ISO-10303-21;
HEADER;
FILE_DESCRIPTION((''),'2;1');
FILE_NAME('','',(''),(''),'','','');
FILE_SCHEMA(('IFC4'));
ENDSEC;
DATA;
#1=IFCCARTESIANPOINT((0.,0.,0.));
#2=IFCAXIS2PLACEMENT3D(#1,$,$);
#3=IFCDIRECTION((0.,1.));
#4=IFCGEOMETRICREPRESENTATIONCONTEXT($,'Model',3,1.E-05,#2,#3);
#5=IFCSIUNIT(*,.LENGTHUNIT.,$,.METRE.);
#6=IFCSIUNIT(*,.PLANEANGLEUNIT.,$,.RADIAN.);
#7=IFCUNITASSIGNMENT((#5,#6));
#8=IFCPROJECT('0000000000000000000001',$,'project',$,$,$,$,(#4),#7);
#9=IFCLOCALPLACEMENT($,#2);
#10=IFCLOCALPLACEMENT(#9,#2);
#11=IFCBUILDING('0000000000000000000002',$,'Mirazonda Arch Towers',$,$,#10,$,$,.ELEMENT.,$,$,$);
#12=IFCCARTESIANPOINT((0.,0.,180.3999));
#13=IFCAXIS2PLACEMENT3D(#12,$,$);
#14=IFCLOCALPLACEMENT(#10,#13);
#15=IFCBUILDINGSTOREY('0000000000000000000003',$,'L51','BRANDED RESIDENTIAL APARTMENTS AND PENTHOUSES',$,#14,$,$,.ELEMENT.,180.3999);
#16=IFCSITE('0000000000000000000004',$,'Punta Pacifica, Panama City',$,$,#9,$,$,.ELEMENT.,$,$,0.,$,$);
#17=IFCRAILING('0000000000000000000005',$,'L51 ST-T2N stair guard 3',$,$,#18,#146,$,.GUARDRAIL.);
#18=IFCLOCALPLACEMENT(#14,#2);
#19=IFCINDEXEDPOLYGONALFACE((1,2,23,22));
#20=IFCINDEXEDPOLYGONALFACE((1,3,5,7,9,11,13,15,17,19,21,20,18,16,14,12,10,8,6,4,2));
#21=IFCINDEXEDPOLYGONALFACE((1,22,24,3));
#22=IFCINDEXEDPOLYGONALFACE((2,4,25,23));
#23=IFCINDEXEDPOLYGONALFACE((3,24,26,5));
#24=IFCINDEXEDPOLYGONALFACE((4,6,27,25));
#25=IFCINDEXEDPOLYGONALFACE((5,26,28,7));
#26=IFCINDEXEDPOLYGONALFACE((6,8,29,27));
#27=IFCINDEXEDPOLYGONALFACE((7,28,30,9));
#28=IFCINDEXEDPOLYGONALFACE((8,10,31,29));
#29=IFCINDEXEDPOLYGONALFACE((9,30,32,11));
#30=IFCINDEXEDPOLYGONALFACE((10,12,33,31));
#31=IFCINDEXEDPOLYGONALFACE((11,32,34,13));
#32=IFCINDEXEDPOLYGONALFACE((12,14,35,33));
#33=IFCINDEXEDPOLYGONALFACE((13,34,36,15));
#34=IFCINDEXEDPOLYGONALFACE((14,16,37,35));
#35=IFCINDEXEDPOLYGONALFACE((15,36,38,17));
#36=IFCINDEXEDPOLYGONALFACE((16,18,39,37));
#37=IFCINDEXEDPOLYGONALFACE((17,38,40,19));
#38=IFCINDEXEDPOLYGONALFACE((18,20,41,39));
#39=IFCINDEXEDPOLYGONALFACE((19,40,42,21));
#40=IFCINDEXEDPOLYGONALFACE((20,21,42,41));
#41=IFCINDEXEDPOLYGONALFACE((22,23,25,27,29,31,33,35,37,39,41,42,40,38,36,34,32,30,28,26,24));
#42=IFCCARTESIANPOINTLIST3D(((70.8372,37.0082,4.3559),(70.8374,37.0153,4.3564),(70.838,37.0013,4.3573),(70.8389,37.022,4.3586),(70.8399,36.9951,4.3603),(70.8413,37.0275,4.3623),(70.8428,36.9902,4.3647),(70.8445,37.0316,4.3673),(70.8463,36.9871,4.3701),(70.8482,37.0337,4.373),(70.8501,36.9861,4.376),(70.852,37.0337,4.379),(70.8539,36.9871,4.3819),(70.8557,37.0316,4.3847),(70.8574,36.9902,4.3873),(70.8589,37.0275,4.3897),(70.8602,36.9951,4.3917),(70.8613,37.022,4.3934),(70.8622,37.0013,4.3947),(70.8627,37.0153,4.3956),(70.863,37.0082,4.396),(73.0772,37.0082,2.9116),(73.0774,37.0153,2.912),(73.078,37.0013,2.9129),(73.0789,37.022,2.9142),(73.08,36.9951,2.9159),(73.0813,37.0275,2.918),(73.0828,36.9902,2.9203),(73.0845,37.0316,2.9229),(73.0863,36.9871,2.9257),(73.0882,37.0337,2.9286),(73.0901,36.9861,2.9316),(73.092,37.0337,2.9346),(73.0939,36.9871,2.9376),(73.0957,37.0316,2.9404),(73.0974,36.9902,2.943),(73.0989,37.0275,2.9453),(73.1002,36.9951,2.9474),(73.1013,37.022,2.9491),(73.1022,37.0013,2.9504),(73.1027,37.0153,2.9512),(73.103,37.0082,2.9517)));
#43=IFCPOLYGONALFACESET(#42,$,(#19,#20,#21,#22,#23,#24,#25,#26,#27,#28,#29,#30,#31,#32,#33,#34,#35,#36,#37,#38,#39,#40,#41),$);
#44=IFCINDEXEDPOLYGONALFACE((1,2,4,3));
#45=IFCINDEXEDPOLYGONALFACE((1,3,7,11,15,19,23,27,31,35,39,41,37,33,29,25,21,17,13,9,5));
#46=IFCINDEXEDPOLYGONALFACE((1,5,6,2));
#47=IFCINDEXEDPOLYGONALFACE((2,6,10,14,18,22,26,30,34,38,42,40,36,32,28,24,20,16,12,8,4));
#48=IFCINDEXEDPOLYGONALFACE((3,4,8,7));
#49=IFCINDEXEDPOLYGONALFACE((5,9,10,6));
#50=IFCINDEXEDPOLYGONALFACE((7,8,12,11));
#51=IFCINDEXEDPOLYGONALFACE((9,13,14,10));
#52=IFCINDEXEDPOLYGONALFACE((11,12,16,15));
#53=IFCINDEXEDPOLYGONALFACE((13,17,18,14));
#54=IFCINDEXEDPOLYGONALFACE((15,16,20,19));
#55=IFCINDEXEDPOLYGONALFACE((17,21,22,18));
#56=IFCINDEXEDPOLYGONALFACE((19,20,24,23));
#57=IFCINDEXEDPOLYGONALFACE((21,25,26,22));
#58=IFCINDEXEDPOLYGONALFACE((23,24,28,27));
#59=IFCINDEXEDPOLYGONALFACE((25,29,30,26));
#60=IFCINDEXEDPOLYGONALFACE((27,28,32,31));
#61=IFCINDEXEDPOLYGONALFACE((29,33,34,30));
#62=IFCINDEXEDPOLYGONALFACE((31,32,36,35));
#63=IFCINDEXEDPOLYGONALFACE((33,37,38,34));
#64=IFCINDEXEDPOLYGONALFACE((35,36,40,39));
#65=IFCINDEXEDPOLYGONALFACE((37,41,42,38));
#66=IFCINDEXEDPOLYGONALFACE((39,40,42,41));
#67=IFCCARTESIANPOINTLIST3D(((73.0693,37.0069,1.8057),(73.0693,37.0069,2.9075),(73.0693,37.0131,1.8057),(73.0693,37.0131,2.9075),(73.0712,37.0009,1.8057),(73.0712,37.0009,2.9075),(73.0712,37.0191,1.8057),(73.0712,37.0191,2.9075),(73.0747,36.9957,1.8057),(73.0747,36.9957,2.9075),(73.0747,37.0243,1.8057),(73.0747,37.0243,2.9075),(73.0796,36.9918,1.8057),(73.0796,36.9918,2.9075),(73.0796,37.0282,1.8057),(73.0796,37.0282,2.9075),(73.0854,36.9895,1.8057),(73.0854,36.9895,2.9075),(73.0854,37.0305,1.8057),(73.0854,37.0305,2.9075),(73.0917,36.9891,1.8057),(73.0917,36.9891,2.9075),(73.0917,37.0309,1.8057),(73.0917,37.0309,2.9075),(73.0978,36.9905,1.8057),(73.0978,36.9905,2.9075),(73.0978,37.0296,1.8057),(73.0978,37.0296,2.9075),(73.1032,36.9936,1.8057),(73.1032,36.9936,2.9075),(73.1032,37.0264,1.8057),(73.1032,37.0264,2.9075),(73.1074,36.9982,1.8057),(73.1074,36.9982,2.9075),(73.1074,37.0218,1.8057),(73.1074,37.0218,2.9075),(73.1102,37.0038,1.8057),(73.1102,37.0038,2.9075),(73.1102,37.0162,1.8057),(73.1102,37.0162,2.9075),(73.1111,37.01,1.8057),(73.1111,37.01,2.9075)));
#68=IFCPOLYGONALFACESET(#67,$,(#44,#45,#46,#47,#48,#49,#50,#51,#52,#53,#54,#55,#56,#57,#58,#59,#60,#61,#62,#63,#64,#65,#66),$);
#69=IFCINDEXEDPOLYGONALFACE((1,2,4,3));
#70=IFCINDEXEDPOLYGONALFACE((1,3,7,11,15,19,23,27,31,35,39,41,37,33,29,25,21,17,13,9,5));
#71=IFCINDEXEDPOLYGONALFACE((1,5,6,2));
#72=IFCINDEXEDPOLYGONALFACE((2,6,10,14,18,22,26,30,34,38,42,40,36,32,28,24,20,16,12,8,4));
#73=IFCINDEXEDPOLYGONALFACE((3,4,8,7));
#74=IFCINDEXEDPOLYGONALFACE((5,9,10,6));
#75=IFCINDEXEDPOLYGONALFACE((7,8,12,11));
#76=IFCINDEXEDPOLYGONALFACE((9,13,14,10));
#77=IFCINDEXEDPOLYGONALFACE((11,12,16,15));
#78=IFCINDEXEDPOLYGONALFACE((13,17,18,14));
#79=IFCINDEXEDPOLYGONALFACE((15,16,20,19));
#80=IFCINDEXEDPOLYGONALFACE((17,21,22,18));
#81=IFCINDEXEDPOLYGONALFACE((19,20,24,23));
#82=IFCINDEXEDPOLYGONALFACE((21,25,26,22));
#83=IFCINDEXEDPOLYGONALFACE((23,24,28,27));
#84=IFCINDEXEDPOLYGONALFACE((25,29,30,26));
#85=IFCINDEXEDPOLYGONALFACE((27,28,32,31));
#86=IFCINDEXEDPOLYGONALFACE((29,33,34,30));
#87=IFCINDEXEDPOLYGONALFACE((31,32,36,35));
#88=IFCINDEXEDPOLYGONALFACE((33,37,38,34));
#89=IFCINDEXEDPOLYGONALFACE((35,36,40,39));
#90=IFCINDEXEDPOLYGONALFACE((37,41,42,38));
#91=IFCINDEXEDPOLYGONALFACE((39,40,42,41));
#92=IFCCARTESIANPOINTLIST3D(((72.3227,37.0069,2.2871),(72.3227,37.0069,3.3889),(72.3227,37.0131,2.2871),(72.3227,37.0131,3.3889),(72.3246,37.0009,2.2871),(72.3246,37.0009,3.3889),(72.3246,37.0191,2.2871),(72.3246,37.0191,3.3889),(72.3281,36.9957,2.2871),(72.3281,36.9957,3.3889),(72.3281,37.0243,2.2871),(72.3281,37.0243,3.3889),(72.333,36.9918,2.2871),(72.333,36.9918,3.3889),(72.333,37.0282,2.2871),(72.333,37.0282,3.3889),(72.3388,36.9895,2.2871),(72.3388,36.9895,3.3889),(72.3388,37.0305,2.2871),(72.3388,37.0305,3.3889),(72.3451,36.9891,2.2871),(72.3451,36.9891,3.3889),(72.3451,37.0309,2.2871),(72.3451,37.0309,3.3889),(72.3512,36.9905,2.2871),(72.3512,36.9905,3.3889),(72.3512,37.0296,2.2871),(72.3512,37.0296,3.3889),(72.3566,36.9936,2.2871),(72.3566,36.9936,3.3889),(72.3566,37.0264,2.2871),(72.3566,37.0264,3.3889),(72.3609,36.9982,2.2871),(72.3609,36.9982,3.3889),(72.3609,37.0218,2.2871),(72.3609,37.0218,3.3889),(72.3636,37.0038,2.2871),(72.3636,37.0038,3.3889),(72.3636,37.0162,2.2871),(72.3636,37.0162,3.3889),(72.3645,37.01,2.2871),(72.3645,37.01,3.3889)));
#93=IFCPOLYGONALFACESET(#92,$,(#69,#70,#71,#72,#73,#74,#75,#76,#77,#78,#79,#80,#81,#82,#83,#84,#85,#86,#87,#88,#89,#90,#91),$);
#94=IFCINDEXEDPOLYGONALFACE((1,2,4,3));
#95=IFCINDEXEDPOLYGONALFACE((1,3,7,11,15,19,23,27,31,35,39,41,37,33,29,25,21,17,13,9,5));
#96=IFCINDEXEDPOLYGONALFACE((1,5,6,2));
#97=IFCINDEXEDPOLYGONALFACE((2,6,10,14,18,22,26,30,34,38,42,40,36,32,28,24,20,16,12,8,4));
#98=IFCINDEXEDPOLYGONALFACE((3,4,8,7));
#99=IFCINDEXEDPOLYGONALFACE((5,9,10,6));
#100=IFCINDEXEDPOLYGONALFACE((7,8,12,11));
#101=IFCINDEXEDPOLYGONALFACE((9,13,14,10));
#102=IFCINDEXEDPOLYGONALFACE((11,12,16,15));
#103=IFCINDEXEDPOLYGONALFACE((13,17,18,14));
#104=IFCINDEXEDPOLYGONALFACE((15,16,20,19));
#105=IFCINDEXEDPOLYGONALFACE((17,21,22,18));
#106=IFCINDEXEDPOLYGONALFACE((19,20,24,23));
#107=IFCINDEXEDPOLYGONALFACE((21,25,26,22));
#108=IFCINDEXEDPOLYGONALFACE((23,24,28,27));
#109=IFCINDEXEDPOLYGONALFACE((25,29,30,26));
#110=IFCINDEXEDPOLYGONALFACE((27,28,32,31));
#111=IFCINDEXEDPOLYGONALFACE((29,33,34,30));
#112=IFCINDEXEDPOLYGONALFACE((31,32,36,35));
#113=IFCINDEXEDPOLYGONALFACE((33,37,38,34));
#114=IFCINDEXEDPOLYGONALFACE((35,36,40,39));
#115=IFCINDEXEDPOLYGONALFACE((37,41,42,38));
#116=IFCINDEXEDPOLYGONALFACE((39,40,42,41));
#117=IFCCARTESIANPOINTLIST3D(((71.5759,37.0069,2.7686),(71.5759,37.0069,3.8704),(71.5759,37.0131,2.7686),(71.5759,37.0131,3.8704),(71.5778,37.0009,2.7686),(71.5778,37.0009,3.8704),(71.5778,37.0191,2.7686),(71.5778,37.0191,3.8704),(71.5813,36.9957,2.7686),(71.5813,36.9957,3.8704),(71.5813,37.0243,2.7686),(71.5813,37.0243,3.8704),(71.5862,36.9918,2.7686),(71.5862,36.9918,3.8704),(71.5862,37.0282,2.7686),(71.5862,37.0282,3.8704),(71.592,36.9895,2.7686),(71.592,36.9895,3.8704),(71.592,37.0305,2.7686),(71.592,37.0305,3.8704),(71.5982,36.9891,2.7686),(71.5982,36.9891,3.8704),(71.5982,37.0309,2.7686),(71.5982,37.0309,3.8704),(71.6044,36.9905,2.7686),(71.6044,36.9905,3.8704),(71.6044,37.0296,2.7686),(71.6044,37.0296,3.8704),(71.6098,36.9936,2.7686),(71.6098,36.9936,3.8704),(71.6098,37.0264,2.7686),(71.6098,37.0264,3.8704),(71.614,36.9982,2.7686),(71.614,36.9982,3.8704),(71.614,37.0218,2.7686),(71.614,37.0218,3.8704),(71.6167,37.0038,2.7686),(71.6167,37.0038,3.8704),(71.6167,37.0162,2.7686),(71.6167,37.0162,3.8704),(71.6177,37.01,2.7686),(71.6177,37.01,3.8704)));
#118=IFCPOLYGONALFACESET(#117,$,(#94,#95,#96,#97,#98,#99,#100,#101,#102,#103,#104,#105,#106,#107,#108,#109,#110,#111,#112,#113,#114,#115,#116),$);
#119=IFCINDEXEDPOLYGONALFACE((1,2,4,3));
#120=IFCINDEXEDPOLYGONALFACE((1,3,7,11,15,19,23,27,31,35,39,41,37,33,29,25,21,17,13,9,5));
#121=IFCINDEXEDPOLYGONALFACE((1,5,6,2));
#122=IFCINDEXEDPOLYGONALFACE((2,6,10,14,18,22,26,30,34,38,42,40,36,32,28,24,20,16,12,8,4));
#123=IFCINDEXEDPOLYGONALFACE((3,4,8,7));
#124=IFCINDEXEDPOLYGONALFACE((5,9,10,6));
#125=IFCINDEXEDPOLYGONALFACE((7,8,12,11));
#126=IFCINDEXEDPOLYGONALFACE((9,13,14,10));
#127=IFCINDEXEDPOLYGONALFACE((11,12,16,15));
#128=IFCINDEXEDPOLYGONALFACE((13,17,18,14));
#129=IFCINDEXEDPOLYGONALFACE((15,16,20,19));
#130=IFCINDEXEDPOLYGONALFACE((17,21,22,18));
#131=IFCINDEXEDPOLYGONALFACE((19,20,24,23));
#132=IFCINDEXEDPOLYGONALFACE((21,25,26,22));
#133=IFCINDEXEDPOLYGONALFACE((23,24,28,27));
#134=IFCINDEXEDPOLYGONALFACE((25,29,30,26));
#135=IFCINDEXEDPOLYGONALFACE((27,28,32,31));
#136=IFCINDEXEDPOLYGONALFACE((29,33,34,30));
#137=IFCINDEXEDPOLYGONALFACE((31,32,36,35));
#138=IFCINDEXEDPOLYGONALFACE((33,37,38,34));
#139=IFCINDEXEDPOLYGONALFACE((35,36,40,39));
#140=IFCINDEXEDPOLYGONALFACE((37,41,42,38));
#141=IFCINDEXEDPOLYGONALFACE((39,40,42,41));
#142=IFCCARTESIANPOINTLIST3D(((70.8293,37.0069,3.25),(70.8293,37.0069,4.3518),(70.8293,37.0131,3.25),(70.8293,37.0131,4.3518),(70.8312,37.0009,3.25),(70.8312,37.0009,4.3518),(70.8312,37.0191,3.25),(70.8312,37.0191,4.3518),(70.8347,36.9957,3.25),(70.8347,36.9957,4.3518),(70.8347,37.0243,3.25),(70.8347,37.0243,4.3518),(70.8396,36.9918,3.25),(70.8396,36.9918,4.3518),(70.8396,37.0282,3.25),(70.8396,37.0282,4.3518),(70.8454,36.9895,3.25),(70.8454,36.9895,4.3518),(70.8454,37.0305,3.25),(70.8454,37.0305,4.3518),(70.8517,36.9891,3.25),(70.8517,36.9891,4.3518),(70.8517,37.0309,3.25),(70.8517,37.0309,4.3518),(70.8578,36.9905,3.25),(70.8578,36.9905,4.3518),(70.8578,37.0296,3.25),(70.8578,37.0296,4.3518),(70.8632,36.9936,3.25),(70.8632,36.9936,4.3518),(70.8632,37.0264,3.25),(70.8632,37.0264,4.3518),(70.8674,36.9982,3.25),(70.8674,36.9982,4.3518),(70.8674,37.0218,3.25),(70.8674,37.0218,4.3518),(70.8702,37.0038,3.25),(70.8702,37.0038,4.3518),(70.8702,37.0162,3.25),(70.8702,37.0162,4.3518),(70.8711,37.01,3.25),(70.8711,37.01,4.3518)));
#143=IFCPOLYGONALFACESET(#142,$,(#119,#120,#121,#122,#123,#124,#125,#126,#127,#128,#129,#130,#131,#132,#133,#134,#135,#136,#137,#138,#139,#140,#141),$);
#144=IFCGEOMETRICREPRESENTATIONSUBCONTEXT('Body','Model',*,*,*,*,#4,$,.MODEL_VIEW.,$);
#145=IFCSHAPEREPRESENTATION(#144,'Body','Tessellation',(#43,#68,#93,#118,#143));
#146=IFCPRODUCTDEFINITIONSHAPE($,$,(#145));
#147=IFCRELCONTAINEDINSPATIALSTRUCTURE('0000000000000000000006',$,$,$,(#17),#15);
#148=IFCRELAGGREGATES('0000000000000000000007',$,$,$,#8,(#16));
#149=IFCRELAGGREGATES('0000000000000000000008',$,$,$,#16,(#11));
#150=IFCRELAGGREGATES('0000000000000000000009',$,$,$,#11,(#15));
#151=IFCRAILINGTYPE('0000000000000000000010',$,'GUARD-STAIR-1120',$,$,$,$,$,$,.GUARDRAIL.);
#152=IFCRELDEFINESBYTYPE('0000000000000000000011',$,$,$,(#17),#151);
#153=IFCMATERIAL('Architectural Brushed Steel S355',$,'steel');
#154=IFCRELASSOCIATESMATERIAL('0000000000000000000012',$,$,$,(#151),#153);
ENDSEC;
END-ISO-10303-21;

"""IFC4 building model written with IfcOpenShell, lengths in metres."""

from ifc_helpers import new_model, si_unit, direction, frame, origin, origin_2d, place, context, subcontext, project, spatial, circle, extrude, material, type_object, element, save


model = new_model("IFC4")

# Units and contexts
model_context = context("Model", 3, precision=1e-05, world=origin(), true_north=direction((0.0, 1.0)))
body_context = subcontext(model_context, "Body", "Model", "MODEL_VIEW")
ifc_project = project(units=[si_unit("LENGTHUNIT", "METRE"), si_unit("PLANEANGLEUNIT", "RADIAN")], contexts=[model_context])

# Site, building, storey
site_placement = place(None, origin())
site = spatial("IfcSite", under=ifc_project, at=site_placement, Name="Punta Pacifica, Panama City", CompositionType="ELEMENT", RefElevation=0.0)
building_placement = place(site_placement, origin())
building = spatial("IfcBuilding", under=site, at=building_placement, Name="Mirazonda Arch Towers", CompositionType="ELEMENT")
storey_placement = place(building_placement, frame((0.0, 0.0, 180.3999)))
storey = spatial("IfcBuildingStorey", under=building, at=storey_placement, Name="L51", Description="BRANDED RESIDENTIAL APARTMENTS AND PENTHOUSES", CompositionType="ELEMENT", Elevation=180.3999)

# Shared definitions
ifc_material_1 = material(Name="Architectural Brushed Steel S355", Category="steel")

# Railing
railing_type_1 = type_object("IfcRailingType", Name="GUARD-STAIR-1120", PredefinedType="GUARDRAIL", material=ifc_material_1)
railing_1_placement = place(storey_placement, frame((73.0901, 37.01, 1.8057)))
element("IfcRailing", 1, at=railing_1_placement, inside=storey, type_object=railing_type_1, Name="L51 ST-T2N stair guard 3", PredefinedType="GUARDRAIL", context=body_context, shape_type="SweptSolid", body=[
    extrude(circle(Radius=0.0239, at=origin_2d()), frame((0.0, 0.0, 1.126), z_axis=(-0.840437, 0.0, 0.54191), x_axis=(0.0, -1.0, 0.0)), (0.0, 0.0, 1.0), 2.6653),
    extrude(circle(Radius=0.021, at=origin_2d()), origin(), (0.0, 0.0, 1.0), 1.1018),
    extrude(circle(Radius=0.021, at=origin_2d()), frame((-0.7466, 0.0, 0.4814)), (0.0, 0.0, 1.0), 1.1018),
    extrude(circle(Radius=0.021, at=origin_2d()), frame((-1.4934, 0.0, 0.9629)), (0.0, 0.0, 1.0), 1.1018),
    extrude(circle(Radius=0.021, at=origin_2d()), frame((-2.24, 0.0, 1.4443)), (0.0, 0.0, 1.0), 1.1018),
])

save(model, "model.ifc")
